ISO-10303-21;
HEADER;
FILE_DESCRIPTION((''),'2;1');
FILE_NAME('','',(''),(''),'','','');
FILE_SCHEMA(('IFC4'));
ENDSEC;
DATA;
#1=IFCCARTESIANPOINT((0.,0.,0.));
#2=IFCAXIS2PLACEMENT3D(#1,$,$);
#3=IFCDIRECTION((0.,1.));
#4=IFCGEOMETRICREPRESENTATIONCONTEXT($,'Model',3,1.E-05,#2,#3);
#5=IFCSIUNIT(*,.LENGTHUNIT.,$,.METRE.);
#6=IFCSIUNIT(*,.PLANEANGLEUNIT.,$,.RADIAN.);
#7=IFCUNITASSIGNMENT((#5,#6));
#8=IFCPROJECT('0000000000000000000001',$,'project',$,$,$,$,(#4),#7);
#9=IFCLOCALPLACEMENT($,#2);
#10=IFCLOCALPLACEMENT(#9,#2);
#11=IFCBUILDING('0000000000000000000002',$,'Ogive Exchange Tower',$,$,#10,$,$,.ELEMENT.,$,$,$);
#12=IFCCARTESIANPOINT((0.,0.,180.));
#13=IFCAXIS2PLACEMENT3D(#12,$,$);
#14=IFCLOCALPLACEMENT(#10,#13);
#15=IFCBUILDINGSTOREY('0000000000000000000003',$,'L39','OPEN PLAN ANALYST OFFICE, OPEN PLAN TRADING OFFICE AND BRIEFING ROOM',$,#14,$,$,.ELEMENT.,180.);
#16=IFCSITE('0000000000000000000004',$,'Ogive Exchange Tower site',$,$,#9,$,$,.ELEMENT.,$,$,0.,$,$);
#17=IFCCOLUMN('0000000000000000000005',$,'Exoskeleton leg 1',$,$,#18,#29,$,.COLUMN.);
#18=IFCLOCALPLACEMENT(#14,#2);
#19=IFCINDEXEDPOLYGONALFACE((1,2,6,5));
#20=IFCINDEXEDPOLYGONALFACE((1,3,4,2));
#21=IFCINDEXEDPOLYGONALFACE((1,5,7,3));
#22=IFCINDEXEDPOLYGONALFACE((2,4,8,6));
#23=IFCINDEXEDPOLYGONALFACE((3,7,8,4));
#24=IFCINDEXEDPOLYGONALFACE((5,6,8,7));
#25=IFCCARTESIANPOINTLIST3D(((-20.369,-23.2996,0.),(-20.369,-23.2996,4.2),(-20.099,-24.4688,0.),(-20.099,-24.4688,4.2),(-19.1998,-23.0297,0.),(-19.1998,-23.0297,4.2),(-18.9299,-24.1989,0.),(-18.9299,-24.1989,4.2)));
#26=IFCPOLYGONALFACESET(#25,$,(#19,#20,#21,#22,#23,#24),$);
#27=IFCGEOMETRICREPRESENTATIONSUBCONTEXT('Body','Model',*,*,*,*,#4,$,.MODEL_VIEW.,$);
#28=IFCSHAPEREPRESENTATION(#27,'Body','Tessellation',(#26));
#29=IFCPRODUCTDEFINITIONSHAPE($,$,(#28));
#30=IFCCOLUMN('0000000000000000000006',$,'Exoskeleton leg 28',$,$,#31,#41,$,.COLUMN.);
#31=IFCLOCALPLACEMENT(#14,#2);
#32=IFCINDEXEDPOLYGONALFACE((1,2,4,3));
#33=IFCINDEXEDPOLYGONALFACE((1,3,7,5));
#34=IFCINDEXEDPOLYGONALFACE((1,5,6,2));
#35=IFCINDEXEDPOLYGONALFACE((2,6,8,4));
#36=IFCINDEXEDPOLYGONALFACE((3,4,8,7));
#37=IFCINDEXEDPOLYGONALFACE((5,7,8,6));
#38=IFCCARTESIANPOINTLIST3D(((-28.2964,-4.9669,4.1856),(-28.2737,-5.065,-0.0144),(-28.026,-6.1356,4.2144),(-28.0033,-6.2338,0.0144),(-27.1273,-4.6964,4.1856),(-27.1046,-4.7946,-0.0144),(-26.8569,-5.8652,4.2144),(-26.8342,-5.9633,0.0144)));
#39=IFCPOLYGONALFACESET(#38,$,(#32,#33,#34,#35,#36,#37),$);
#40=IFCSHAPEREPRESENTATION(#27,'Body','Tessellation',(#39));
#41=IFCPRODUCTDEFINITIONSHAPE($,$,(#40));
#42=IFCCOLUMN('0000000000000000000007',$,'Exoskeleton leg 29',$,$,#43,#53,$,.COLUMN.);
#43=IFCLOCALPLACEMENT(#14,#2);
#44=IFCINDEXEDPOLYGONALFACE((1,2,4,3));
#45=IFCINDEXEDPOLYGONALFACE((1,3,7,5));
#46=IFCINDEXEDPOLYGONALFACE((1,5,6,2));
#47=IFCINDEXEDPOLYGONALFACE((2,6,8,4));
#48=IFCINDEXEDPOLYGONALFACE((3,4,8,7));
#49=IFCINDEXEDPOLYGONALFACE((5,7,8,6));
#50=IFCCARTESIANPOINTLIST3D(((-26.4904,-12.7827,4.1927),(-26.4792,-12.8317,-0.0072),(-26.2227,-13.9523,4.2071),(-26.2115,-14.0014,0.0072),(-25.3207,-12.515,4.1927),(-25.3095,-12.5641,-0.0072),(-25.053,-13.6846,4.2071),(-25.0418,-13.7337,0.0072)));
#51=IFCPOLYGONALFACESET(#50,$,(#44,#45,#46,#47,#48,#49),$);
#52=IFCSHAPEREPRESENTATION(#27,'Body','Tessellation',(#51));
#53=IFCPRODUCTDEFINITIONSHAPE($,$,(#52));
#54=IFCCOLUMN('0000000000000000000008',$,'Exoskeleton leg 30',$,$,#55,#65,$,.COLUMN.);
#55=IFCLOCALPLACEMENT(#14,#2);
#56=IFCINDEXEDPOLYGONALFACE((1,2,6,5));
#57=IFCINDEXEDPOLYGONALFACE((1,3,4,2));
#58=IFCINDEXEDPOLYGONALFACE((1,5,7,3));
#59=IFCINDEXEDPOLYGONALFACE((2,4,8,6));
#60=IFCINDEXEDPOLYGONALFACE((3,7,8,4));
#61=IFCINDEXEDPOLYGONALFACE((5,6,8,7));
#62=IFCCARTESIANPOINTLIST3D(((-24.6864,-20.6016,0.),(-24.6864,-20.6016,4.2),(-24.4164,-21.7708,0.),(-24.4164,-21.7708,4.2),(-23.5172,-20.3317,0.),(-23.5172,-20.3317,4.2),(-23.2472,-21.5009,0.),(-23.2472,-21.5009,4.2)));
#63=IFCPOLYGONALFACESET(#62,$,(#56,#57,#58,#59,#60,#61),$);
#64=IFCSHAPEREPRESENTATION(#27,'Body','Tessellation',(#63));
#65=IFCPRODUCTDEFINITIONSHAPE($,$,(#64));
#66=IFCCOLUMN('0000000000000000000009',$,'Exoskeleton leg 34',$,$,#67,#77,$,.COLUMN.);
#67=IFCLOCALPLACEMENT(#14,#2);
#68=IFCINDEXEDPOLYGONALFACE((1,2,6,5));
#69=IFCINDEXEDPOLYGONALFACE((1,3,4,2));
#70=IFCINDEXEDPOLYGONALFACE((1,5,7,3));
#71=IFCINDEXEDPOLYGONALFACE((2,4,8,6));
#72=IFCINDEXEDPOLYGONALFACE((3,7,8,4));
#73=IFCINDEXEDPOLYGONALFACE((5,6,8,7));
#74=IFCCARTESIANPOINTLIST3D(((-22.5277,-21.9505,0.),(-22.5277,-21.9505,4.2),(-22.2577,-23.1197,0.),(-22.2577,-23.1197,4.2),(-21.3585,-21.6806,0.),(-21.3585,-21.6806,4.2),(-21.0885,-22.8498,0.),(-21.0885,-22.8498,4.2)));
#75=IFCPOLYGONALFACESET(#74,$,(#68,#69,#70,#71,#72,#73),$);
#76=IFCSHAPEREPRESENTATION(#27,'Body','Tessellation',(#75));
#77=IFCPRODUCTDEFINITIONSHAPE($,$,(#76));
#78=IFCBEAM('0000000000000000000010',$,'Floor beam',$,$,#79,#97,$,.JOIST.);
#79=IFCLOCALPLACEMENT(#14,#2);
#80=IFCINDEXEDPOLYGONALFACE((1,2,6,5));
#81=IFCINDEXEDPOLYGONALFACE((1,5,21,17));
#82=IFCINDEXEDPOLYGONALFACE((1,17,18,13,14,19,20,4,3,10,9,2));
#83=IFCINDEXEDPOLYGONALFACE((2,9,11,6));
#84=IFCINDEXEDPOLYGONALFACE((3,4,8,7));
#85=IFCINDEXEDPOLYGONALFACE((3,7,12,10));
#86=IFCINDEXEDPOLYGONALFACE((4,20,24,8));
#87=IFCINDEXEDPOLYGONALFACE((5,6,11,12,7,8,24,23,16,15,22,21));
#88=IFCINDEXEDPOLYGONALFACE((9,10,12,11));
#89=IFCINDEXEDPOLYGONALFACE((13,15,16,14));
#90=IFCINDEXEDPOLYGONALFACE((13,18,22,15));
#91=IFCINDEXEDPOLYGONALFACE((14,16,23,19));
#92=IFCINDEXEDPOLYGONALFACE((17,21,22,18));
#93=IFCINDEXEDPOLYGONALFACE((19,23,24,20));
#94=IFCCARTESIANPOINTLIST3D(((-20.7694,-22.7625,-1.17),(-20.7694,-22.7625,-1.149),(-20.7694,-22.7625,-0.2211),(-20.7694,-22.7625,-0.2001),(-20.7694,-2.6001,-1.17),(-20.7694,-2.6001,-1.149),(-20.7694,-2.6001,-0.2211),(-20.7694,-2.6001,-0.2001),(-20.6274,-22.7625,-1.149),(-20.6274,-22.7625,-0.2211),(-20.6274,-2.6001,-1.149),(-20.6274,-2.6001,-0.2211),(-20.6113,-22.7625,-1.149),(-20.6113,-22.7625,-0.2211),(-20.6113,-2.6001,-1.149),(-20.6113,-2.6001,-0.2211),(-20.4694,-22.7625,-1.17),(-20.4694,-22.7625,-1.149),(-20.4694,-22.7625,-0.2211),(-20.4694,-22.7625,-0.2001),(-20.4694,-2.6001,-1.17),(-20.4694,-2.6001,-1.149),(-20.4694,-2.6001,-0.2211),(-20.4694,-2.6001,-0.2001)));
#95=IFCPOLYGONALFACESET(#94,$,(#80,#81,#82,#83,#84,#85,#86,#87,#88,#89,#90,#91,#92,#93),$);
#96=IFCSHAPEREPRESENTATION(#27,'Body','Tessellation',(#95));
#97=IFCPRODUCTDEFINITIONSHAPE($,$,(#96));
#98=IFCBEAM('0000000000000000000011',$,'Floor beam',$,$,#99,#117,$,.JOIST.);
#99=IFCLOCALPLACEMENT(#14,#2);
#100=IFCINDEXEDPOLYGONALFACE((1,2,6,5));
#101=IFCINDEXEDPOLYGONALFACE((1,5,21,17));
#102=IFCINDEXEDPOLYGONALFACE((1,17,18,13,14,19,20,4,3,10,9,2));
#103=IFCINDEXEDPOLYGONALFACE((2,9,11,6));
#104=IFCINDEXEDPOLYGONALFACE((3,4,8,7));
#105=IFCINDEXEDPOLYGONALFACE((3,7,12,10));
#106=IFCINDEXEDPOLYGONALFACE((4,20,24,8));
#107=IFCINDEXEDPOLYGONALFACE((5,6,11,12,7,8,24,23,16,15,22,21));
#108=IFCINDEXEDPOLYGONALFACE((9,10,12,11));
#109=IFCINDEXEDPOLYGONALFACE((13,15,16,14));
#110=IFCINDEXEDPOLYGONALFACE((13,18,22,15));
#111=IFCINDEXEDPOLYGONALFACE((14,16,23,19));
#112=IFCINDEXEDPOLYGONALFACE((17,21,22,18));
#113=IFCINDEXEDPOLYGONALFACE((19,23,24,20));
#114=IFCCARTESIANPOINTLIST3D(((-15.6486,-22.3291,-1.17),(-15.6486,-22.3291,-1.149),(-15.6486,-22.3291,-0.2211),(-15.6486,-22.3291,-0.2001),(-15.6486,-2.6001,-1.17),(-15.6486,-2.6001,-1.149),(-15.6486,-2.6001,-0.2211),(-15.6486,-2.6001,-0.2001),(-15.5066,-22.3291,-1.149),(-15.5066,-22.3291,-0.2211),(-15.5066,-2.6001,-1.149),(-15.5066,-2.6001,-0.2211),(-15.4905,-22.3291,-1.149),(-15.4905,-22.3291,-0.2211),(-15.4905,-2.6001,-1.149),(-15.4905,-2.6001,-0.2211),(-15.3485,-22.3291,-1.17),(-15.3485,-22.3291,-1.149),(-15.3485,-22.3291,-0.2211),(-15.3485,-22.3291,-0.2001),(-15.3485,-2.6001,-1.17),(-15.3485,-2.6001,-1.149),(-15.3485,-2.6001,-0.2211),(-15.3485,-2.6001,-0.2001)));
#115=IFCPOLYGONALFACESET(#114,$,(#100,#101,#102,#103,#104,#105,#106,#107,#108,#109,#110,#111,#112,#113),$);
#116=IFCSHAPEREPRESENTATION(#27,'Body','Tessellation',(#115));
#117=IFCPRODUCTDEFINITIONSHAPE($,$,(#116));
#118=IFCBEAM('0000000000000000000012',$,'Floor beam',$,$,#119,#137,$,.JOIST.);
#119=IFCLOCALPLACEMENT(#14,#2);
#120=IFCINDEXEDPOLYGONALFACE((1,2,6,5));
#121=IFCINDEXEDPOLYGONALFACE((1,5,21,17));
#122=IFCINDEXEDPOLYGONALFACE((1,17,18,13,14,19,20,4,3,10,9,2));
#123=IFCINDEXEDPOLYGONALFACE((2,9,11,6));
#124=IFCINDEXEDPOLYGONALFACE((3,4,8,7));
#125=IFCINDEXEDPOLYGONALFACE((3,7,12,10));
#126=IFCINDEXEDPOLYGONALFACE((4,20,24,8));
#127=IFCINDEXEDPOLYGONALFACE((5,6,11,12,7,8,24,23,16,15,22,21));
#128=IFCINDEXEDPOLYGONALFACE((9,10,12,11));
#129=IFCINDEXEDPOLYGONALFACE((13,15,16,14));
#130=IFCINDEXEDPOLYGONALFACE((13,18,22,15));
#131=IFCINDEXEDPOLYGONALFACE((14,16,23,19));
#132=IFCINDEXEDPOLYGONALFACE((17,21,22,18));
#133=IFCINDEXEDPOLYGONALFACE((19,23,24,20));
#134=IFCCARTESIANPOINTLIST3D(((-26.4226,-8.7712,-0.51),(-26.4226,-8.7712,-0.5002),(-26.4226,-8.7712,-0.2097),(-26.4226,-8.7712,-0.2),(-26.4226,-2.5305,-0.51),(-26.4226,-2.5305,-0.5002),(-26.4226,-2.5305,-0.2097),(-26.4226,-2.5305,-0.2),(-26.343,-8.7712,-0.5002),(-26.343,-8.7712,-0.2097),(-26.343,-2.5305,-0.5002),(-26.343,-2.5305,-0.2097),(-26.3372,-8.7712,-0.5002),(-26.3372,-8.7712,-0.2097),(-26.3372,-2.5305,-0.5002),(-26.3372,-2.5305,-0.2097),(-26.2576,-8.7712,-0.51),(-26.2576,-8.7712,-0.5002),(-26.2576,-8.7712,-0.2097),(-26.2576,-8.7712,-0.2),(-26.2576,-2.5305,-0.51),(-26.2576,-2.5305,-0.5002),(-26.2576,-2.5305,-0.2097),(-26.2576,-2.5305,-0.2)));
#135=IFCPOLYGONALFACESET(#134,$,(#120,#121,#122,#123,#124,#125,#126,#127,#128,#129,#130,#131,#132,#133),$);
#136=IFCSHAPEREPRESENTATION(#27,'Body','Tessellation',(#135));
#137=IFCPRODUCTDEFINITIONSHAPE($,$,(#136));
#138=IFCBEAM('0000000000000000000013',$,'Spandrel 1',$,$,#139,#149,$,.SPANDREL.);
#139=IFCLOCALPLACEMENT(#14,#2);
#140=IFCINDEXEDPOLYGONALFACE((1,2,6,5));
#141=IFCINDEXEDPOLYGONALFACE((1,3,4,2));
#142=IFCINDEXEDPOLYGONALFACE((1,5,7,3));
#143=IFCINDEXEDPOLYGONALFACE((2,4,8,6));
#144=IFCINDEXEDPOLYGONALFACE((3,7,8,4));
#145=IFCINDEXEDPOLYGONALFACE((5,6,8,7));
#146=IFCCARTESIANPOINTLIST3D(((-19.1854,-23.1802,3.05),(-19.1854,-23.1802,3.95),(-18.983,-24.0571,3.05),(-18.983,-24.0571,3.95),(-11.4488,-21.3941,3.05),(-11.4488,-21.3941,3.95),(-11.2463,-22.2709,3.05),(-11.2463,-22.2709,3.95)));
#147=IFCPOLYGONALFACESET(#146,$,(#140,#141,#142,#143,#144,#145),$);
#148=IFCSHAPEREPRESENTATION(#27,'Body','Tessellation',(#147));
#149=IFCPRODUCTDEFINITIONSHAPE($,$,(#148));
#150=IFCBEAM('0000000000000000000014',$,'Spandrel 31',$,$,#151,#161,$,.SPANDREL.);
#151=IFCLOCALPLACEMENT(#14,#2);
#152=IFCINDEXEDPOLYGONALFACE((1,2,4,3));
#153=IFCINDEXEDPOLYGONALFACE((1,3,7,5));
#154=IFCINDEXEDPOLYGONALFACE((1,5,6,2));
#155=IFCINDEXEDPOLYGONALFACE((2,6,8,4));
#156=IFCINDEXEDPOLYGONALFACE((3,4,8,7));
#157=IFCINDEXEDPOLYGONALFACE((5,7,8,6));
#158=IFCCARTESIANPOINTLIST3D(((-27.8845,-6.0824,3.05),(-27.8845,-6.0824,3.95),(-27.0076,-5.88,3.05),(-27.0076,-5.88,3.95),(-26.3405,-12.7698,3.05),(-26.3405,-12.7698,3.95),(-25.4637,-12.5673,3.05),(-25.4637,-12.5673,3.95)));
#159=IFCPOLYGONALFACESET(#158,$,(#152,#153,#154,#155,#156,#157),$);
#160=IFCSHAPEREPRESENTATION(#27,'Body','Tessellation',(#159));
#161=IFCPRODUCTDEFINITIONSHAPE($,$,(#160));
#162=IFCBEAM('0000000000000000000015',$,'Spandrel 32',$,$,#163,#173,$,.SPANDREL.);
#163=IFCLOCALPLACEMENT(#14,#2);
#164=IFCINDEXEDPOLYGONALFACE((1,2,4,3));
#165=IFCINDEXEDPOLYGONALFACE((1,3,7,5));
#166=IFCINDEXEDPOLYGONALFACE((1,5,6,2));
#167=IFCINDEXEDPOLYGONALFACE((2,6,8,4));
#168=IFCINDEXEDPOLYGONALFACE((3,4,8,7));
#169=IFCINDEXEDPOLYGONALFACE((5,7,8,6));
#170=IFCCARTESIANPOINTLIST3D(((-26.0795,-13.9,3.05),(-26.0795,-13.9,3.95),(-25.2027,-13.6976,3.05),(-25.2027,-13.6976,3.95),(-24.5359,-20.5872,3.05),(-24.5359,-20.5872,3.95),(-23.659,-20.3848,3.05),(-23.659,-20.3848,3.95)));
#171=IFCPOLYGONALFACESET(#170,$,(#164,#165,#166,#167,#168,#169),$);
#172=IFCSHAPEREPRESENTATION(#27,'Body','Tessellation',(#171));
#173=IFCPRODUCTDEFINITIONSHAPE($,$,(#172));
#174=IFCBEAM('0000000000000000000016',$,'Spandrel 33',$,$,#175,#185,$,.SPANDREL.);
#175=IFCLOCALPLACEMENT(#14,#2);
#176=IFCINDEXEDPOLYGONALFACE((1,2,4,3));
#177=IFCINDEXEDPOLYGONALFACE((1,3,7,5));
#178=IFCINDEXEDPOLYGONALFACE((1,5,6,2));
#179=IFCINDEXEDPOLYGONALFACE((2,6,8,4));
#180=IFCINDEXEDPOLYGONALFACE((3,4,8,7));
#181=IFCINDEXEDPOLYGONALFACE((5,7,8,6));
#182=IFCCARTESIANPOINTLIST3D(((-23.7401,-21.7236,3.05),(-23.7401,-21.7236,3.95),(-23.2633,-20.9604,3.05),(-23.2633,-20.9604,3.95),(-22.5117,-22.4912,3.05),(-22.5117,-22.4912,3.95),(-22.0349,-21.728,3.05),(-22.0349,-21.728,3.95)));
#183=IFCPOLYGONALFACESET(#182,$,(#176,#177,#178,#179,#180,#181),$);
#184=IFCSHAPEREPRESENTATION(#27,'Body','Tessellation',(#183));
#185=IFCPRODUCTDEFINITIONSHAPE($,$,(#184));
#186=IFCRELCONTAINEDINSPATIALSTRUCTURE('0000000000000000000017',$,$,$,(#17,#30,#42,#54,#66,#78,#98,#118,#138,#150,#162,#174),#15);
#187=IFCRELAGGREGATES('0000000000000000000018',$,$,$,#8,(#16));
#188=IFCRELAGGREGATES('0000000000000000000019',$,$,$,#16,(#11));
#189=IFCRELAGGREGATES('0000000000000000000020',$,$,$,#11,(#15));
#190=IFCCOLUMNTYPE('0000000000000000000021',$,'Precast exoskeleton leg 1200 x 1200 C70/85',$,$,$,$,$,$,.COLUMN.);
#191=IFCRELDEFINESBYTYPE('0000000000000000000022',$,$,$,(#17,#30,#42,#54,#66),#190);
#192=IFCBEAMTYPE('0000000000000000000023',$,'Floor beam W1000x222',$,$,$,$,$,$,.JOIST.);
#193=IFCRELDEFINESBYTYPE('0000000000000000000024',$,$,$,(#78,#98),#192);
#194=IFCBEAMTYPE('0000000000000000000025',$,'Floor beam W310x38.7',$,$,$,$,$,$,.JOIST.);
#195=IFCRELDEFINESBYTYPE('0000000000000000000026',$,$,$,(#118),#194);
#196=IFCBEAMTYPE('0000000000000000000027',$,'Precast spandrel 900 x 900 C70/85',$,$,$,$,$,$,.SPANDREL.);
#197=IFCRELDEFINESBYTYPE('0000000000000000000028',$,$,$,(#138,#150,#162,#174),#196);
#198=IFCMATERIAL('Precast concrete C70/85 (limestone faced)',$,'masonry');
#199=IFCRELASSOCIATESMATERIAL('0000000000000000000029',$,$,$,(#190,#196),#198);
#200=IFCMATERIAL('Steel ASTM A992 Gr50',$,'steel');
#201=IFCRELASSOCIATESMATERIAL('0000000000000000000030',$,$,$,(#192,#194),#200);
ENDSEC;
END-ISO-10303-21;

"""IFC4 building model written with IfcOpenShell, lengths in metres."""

from ifc_helpers import new_model, si_unit, direction, frame, origin, origin_2d, place, context, subcontext, project, spatial, rectangle, i_section, extrude, material, material_profile, profile_set, type_object, element, save


model = new_model("IFC4")

# Units and contexts
model_context = context("Model", 3, precision=1e-05, world=origin(), true_north=direction((0.0, 1.0)))
body_context = subcontext(model_context, "Body", "Model", "MODEL_VIEW")
ifc_project = project(units=[si_unit("LENGTHUNIT", "METRE"), si_unit("PLANEANGLEUNIT", "RADIAN")], contexts=[model_context])

# Site, building, storey
site_placement = place(None, origin())
site = spatial("IfcSite", under=ifc_project, at=site_placement, Name="Ogive Exchange Tower site", CompositionType="ELEMENT", RefElevation=0.0)
building_placement = place(site_placement, origin())
building = spatial("IfcBuilding", under=site, at=building_placement, Name="Ogive Exchange Tower", CompositionType="ELEMENT")
storey_placement = place(building_placement, frame((0.0, 0.0, 180.0)))
storey = spatial("IfcBuildingStorey", under=building, at=storey_placement, Name="L39", Description="OPEN PLAN ANALYST OFFICE, OPEN PLAN TRADING OFFICE AND BRIEFING ROOM", CompositionType="ELEMENT", Elevation=180.0)

# Columns
ifc_material_1 = material(Name="Precast concrete C70/85 (limestone faced)", Category="masonry")
ifc_material_profile_1 = material_profile(ifc_material_1, rectangle(XDim=1.2, YDim=1.2, at=origin_2d()), Name="1200 x 1200")
ifc_profile_set_1 = profile_set([ifc_material_profile_1], Name="Precast concrete C70/85 (limestone faced)")
column_type = type_object("IfcColumnType", Name="Precast exoskeleton leg 1200 x 1200 C70/85", PredefinedType="COLUMN", material=ifc_profile_set_1)
column_1_placement = place(storey_placement, frame((-19.6494, -23.7493, 0.0), z_axis=(0.0, 0.0, 1.0), x_axis=(0.97437, 0.224951, 0.0)))
element("IfcColumn", 1, at=column_1_placement, inside=storey, type_object=column_type, Name="Exoskeleton leg 1", PredefinedType="COLUMN", context=body_context, shape_type="SweptSolid", body=[
    extrude(rectangle(XDim=1.2, YDim=1.2, at=origin_2d()), origin(), (0.0, 0.0, 1.0), 4.2),
])
column_2_placement = place(storey_placement, frame((-27.554, -5.5142, 0.0), z_axis=(-0.005404, 0.023361, 0.999712), x_axis=(-0.974269, -0.22539, 0.0)))
element("IfcColumn", 2, at=column_2_placement, inside=storey, type_object=column_type, Name="Exoskeleton leg 28", PredefinedType="COLUMN", context=body_context, shape_type="SweptSolid", body=[
    extrude(rectangle(XDim=1.2, YDim=1.2, at=origin_2d()), origin(), (0.0, 0.0, 1.0), 4.2012),
])
column_3_placement = place(storey_placement, frame((-25.7605, -13.2827, 0.0), z_axis=(-0.002674, 0.011683, 0.999928), x_axis=(-0.974798, -0.223088, 0.0)))
element("IfcColumn", 3, at=column_3_placement, inside=storey, type_object=column_type, Name="Exoskeleton leg 29", PredefinedType="COLUMN", context=body_context, shape_type="SweptSolid", body=[
    extrude(rectangle(XDim=1.2, YDim=1.2, at=origin_2d()), origin(), (0.0, 0.0, 1.0), 4.2002),
])
for number, where, z_axis, x_axis, name in (
    (4, (-23.9668, -21.0513, 0.0), (0.0, 0.0, 1.0), (0.97437, 0.224951, 0.0), "Exoskeleton leg 30"),
    (5, (-21.8081, -22.4001, 0.0), (0.0, 0.0, 1.0), (0.97437, 0.224951, 0.0), "Exoskeleton leg 34"),
):
    element("IfcColumn", number, at=place(storey_placement, frame(where, z_axis=z_axis, x_axis=x_axis)), inside=storey, type_object=column_type, Name=name, PredefinedType="COLUMN", context=body_context, shape_type="SweptSolid", body=[
        extrude(rectangle(XDim=1.2, YDim=1.2, at=origin_2d()), origin(), (0.0, 0.0, 1.0), 4.2),
    ])

# Beams
ifc_material_2 = material(Name="Steel ASTM A992 Gr50", Category="steel")
ifc_material_profile_2 = material_profile(ifc_material_2, i_section(OverallWidth=0.3, OverallDepth=0.97, WebThickness=0.0161, FlangeThickness=0.021, at=origin_2d()), Name="W1000x222")
ifc_profile_set_2 = profile_set([ifc_material_profile_2], Name="Steel ASTM A992 Gr50")
beam_type_1 = type_object("IfcBeamType", Name="Floor beam W1000x222", PredefinedType="JOIST", material=ifc_profile_set_2)
beam_1_placement = place(storey_placement, frame((-20.6194, -22.7625, -0.6851), z_axis=(0.0, 1.0, 0.0), x_axis=(-1.0, 0.0, 0.0)))
element("IfcBeam", 6, at=beam_1_placement, inside=storey, type_object=beam_type_1, Name="Floor beam", PredefinedType="JOIST", context=body_context, shape_type="SweptSolid", body=[
    extrude(i_section(OverallWidth=0.3, OverallDepth=0.97, WebThickness=0.0161, FlangeThickness=0.021, at=origin_2d()), origin(), (0.0, 0.0, 1.0), 20.1624),
])
beam_2_placement = place(storey_placement, frame((-15.4985, -22.3291, -0.6851), z_axis=(0.0, 1.0, 0.0), x_axis=(-1.0, 0.0, 0.0)))
element("IfcBeam", 7, at=beam_2_placement, inside=storey, type_object=beam_type_1, Name="Floor beam", PredefinedType="JOIST", context=body_context, shape_type="SweptSolid", body=[
    extrude(i_section(OverallWidth=0.3, OverallDepth=0.97, WebThickness=0.0161, FlangeThickness=0.021, at=origin_2d()), origin(), (0.0, 0.0, 1.0), 19.729),
])
ifc_material_profile_3 = material_profile(ifc_material_2, i_section(OverallWidth=0.165, OverallDepth=0.3101, WebThickness=0.0059, FlangeThickness=0.0098, at=origin_2d()), Name="W310x38.7")
ifc_profile_set_3 = profile_set([ifc_material_profile_3], Name="Steel ASTM A992 Gr50")
beam_type_2 = type_object("IfcBeamType", Name="Floor beam W310x38.7", PredefinedType="JOIST", material=ifc_profile_set_3)
beam_3_placement = place(storey_placement, frame((-26.3401, -8.7712, -0.355), z_axis=(0.0, 1.0, 0.0), x_axis=(-1.0, 0.0, 0.0)))
element("IfcBeam", 8, at=beam_3_placement, inside=storey, type_object=beam_type_2, Name="Floor beam", PredefinedType="JOIST", context=body_context, shape_type="SweptSolid", body=[
    extrude(i_section(OverallWidth=0.165, OverallDepth=0.3101, WebThickness=0.0059, FlangeThickness=0.0098, at=origin_2d()), origin(), (0.0, 0.0, 1.0), 6.2407),
])
ifc_material_profile_4 = material_profile(ifc_material_1, rectangle(XDim=0.8999, YDim=0.8999, at=origin_2d()), Name="900 x 900")
ifc_profile_set_4 = profile_set([ifc_material_profile_4], Name="Precast concrete C70/85 (limestone faced)")
beam_type_3 = type_object("IfcBeamType", Name="Precast spandrel 900 x 900 C70/85", PredefinedType="SPANDREL", material=ifc_profile_set_4)
beam_4_placement = place(storey_placement, frame((-19.0842, -23.6187, 3.5), z_axis=(0.97437, 0.224952, 0.0), x_axis=(-0.224952, 0.97437, 0.0)))
element("IfcBeam", 9, at=beam_4_placement, inside=storey, type_object=beam_type_3, Name="Spandrel 1", PredefinedType="SPANDREL", context=body_context, shape_type="SweptSolid", body=[
    extrude(rectangle(XDim=0.8999, YDim=0.8999, at=origin_2d()), origin(), (0.0, 0.0, 1.0), 7.9402),
])
beam_5_placement = place(storey_placement, frame((-27.446, -5.9812, 3.5), z_axis=(0.224961, -0.974368, 0.0), x_axis=(0.974368, 0.224961, 0.0)))
element("IfcBeam", 10, at=beam_5_placement, inside=storey, type_object=beam_type_3, Name="Spandrel 31", PredefinedType="SPANDREL", context=body_context, shape_type="SweptSolid", body=[
    extrude(rectangle(XDim=0.8999, YDim=0.8999, at=origin_2d()), origin(), (0.0, 0.0, 1.0), 6.8633),
])
beam_6_placement = place(storey_placement, frame((-25.6411, -13.7988, 3.5), z_axis=(0.224927, -0.974376, 0.0), x_axis=(0.974376, 0.224927, 0.0)))
element("IfcBeam", 11, at=beam_6_placement, inside=storey, type_object=beam_type_3, Name="Spandrel 32", PredefinedType="SPANDREL", context=body_context, shape_type="SweptSolid", body=[
    extrude(rectangle(XDim=0.8999, YDim=0.8999, at=origin_2d()), origin(), (0.0, 0.0, 1.0), 6.863),
])
for number, where, z_axis, x_axis, name in (
    (12, (-23.5017, -21.342, 3.5), (0.848074, -0.529878, 0.0), (0.529878, 0.848074, 0.0), "Spandrel 33"),
):
    element("IfcBeam", number, at=place(storey_placement, frame(where, z_axis=z_axis, x_axis=x_axis)), inside=storey, type_object=beam_type_3, Name=name, PredefinedType="SPANDREL", context=body_context, shape_type="SweptSolid", body=[
        extrude(rectangle(XDim=0.8999, YDim=0.8999, at=origin_2d()), origin(), (0.0, 0.0, 1.0), 1.4485),
    ])

save(model, "model.ifc")
